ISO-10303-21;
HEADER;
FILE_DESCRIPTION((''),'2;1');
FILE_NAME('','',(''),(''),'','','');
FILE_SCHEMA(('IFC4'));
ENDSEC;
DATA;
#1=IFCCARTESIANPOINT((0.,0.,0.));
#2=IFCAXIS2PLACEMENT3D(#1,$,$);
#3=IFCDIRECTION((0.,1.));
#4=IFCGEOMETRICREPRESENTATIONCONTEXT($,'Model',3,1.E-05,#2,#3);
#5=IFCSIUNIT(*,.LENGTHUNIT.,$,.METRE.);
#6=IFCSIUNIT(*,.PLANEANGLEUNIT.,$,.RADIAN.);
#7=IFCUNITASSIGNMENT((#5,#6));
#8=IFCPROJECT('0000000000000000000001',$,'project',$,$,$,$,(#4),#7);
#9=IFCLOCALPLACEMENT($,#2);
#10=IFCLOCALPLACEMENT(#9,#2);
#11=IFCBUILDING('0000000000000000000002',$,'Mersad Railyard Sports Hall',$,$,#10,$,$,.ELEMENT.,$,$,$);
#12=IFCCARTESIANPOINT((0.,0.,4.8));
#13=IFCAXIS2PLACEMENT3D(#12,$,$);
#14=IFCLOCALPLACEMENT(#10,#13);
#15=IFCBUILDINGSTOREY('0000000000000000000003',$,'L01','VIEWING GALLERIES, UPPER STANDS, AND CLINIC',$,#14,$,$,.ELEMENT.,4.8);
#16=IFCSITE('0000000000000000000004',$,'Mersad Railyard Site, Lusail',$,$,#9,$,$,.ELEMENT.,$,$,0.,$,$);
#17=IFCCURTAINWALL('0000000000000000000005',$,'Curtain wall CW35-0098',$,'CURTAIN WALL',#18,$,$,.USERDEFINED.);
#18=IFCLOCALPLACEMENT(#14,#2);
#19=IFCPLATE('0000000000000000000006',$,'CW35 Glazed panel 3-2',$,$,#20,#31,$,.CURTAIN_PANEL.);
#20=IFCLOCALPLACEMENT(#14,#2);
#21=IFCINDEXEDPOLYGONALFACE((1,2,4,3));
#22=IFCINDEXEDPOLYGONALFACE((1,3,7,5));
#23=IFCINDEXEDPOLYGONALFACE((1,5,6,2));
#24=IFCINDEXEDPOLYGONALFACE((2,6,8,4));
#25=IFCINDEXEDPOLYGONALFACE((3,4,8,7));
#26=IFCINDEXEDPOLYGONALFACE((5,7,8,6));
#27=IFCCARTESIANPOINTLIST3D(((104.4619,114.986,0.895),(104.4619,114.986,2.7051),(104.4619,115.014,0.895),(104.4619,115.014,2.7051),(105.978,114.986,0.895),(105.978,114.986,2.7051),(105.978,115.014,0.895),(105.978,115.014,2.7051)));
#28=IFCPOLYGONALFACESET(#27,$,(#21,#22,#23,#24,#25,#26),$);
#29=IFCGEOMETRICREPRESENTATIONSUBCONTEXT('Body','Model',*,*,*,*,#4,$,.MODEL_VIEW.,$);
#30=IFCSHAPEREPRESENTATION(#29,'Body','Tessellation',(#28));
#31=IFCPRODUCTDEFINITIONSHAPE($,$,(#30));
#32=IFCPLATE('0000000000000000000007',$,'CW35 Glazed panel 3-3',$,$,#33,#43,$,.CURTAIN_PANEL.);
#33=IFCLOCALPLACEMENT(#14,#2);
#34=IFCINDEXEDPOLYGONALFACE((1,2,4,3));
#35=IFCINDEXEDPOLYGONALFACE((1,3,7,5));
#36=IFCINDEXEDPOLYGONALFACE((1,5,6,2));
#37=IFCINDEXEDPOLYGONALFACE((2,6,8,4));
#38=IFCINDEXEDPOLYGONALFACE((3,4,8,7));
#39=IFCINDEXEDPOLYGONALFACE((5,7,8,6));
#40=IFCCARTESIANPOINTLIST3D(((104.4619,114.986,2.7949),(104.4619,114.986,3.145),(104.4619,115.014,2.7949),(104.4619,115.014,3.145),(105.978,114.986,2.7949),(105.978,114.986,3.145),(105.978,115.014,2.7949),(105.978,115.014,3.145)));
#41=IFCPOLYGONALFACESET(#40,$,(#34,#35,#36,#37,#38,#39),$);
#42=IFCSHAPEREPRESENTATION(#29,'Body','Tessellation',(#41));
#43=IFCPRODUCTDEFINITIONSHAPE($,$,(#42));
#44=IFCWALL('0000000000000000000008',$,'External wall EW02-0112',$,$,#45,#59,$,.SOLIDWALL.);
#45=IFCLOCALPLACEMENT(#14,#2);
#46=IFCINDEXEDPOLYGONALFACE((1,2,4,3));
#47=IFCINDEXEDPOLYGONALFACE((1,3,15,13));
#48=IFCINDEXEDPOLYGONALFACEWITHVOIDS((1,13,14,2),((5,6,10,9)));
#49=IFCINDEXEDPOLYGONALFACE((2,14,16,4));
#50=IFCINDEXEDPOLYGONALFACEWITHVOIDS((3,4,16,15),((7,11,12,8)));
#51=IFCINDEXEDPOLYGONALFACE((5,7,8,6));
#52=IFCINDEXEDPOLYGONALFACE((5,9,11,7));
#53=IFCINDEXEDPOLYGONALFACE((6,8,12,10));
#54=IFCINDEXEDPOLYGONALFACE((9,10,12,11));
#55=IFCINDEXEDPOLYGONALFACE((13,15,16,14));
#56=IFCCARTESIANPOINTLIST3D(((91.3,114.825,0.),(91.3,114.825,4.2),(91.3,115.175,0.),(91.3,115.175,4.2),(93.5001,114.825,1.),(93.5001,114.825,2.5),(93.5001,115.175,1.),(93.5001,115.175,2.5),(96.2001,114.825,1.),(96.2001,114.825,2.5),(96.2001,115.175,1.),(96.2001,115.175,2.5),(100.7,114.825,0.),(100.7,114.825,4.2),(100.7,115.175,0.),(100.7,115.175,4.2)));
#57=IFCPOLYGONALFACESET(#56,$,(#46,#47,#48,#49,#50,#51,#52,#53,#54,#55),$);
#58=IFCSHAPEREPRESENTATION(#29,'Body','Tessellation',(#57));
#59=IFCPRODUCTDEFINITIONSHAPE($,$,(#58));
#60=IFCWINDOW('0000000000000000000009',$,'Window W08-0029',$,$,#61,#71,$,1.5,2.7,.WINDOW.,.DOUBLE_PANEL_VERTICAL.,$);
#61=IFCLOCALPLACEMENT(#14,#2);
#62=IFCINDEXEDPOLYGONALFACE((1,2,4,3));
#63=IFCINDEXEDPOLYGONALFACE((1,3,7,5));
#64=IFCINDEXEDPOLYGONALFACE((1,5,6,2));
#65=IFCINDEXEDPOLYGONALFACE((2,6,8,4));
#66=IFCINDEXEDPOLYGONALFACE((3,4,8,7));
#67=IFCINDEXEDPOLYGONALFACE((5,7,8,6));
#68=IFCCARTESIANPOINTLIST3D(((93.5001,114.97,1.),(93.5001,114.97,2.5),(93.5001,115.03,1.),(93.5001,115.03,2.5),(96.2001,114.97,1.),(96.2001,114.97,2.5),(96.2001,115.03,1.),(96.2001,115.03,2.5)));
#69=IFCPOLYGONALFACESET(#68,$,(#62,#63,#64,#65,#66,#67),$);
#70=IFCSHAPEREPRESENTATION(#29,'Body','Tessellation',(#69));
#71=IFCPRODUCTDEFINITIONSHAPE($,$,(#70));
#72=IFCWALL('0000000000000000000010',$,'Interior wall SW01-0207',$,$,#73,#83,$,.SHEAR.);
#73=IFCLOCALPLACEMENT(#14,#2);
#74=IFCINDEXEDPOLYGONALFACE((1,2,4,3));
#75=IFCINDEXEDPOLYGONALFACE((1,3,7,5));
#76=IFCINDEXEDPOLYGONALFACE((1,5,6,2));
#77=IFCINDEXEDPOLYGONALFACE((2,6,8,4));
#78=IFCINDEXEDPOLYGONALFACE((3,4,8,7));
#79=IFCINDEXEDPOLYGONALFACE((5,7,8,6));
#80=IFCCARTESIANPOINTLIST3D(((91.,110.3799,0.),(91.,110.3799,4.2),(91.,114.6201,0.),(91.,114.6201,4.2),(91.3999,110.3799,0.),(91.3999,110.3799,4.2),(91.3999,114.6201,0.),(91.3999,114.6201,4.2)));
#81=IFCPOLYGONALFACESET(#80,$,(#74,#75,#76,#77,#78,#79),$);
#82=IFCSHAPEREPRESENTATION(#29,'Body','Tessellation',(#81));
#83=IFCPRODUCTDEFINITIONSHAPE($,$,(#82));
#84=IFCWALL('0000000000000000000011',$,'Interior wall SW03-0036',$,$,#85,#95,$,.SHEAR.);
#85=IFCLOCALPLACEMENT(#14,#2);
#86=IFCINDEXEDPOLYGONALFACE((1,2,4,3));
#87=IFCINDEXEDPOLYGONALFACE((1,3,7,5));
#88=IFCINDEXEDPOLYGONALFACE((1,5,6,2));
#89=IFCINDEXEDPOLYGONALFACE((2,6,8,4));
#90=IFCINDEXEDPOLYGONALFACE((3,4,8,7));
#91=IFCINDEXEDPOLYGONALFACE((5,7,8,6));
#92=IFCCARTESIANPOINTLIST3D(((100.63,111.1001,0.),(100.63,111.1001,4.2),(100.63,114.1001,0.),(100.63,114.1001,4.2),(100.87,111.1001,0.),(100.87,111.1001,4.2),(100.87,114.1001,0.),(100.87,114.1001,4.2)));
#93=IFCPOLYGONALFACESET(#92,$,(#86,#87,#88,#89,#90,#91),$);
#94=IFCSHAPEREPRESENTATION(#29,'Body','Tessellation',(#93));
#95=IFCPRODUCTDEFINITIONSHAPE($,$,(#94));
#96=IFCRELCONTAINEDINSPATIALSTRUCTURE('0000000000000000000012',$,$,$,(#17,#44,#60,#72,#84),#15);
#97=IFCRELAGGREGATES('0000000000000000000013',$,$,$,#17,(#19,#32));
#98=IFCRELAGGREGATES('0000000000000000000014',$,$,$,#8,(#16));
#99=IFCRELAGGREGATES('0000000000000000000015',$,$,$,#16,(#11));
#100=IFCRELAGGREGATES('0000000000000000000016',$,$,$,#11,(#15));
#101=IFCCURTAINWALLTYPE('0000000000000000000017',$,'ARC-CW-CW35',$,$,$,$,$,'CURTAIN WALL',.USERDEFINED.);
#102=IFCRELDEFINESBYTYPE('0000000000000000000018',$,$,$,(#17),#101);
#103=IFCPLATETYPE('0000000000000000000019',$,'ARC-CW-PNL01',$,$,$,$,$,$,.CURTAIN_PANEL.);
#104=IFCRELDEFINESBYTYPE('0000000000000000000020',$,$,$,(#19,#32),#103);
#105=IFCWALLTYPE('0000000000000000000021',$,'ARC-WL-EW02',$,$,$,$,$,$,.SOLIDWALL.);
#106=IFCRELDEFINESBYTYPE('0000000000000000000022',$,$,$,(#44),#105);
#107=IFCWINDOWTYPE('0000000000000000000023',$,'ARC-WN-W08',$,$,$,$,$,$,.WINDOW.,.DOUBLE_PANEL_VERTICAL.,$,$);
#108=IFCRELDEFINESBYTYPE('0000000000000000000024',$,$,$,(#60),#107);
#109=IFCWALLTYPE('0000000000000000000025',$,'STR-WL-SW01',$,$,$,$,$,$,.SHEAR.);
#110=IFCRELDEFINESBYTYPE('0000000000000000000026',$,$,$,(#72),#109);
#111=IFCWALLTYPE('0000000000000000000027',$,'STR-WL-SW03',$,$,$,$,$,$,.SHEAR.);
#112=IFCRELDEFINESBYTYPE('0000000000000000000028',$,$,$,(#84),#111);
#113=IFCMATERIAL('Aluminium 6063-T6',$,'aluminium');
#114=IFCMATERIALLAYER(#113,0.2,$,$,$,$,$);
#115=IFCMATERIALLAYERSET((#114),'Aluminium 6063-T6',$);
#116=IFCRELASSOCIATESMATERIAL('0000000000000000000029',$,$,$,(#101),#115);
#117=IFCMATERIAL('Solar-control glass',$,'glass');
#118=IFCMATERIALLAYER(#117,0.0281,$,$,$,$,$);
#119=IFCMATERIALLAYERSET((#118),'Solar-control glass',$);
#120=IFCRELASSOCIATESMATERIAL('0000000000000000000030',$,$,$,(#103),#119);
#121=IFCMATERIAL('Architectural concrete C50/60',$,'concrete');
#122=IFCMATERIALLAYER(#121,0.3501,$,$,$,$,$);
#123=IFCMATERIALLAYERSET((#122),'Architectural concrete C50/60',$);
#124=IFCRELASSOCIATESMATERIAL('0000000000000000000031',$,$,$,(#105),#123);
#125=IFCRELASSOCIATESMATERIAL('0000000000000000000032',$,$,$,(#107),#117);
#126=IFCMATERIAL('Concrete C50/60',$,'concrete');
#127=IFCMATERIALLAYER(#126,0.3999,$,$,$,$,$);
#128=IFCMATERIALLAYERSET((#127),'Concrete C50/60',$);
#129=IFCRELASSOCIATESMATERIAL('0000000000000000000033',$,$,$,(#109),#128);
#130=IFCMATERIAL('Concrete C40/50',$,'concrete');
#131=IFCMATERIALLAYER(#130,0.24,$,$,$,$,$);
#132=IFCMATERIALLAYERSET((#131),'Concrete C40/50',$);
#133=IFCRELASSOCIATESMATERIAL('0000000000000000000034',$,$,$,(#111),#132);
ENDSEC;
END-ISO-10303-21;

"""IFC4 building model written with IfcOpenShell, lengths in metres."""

from ifc_helpers import new_model, si_unit, direction, frame, frame_2d, origin, origin_2d, place, context, subcontext, project, spatial, rectangle, extrude, material, layer, layer_set, type_object, element, fill, aggregate, save


model = new_model("IFC4")

# Units and contexts
model_context = context("Model", 3, precision=1e-05, world=origin(), true_north=direction((0.0, 1.0)))
body_context = subcontext(model_context, "Body", "Model", "MODEL_VIEW")
ifc_project = project(units=[si_unit("LENGTHUNIT", "METRE"), si_unit("PLANEANGLEUNIT", "RADIAN")], contexts=[model_context])

# Site, building, storey
site_placement = place(None, origin())
site = spatial("IfcSite", under=ifc_project, at=site_placement, Name="Mersad Railyard Site, Lusail", CompositionType="ELEMENT", RefElevation=0.0)
building_placement = place(site_placement, origin())
building = spatial("IfcBuilding", under=site, at=building_placement, Name="Mersad Railyard Sports Hall", CompositionType="ELEMENT")
storey_placement = place(building_placement, frame((0.0, 0.0, 4.8)))
storey = spatial("IfcBuildingStorey", under=building, at=storey_placement, Name="L01", Description="VIEWING GALLERIES, UPPER STANDS, AND CLINIC", CompositionType="ELEMENT", Elevation=4.8)

# Shared definitions
ifc_material_1 = material(Name="Concrete C50/60", Category="concrete")

# Curtain wall
ifc_material_2 = material(Name="Aluminium 6063-T6", Category="aluminium")
ifc_layer_1 = layer(ifc_material_2, 0.2)
ifc_layer_set_1 = layer_set([ifc_layer_1], Name="Aluminium 6063-T6")
curtain_wall_type = type_object("IfcCurtainWallType", Name="ARC-CW-CW35", ElementType="CURTAIN WALL", PredefinedType="USERDEFINED", material=ifc_layer_set_1)
curtain_wall_placement = place(storey_placement, origin())
curtain_wall = element("IfcCurtainWall", 1, at=curtain_wall_placement, inside=storey, type_object=curtain_wall_type, Name="Curtain wall CW35-0098", ObjectType="CURTAIN WALL", PredefinedType="USERDEFINED")

# Plates
ifc_material_3 = material(Name="Solar-control glass", Category="glass")
ifc_layer_2 = layer(ifc_material_3, 0.0281)
ifc_layer_set_2 = layer_set([ifc_layer_2], Name="Solar-control glass")
plate_type = type_object("IfcPlateType", Name="ARC-CW-PNL01", PredefinedType="CURTAIN_PANEL", material=ifc_layer_set_2)
plate_1_placement = place(storey_placement, frame((105.22, 115.0, 0.895), z_axis=(0.0, 0.0, 1.0), x_axis=(1.0, 0.0, 0.0)))
plate_1 = element("IfcPlate", 2, at=plate_1_placement, type_object=plate_type, Name="CW35 Glazed panel 3-2", PredefinedType="CURTAIN_PANEL", context=body_context, shape_type="SweptSolid", body=[
    extrude(rectangle(XDim=1.5161, YDim=0.0281, at=origin_2d()), origin(), (0.0, 0.0, 1.0), 1.8101),
])
plate_2_placement = place(storey_placement, frame((105.22, 115.0, 2.7949), z_axis=(0.0, 0.0, 1.0), x_axis=(1.0, 0.0, 0.0)))
plate_2 = element("IfcPlate", 3, at=plate_2_placement, type_object=plate_type, Name="CW35 Glazed panel 3-3", PredefinedType="CURTAIN_PANEL", context=body_context, shape_type="SweptSolid", body=[
    extrude(rectangle(XDim=1.5161, YDim=0.0281, at=origin_2d()), origin(), (0.0, 0.0, 1.0), 0.3501),
])
aggregate(curtain_wall, [plate_1, plate_2])

# Wall, opening, window
ifc_material_4 = material(Name="Architectural concrete C50/60", Category="concrete")
ifc_layer_3 = layer(ifc_material_4, 0.3501)
ifc_layer_set_3 = layer_set([ifc_layer_3], Name="Architectural concrete C50/60")
wall_type_1 = type_object("IfcWallType", Name="ARC-WL-EW02", PredefinedType="SOLIDWALL", material=ifc_layer_set_3)
wall_1_placement = place(storey_placement, frame((91.3, 115.0, 0.0), z_axis=(0.0, 0.0, 1.0), x_axis=(1.0, 0.0, 0.0)))
wall_1 = element("IfcWall", 4, at=wall_1_placement, inside=storey, type_object=wall_type_1, Name="External wall EW02-0112", PredefinedType="SOLIDWALL", context=body_context, shape_type="SweptSolid", body=[
    extrude(rectangle(XDim=9.3999, YDim=0.3501, at=frame_2d((4.7, 0.0))), origin(), (0.0, 0.0, 1.0), 4.2),
])
opening_placement = place(wall_1_placement, frame((2.2, 0.0, 1.0)))
opening = element("IfcOpeningElement", 5, at=opening_placement, cuts=wall_1, PredefinedType="OPENING", context=body_context, shape_type="SweptSolid", body=[
    extrude(rectangle(XDim=2.7, YDim=1.5, at=frame_2d((1.3501, 0.75))), frame((0.0, 0.1851, 0.0), z_axis=(0.0, -1.0, 0.0), x_axis=(1.0, 0.0, 0.0)), (0.0, 0.0, 1.0), 0.3701),
])
window_type = type_object("IfcWindowType", Name="ARC-WN-W08", PartitioningType="DOUBLE_PANEL_VERTICAL", PredefinedType="WINDOW", material=ifc_material_3)
window_placement = place(opening_placement, origin())
window = element("IfcWindow", 6, at=window_placement, inside=storey, type_object=window_type, Name="Window W08-0029", OverallHeight=1.5, OverallWidth=2.7, PartitioningType="DOUBLE_PANEL_VERTICAL", PredefinedType="WINDOW", context=body_context, shape_type="SweptSolid", body=[
    extrude(rectangle(XDim=2.7, YDim=1.5, at=frame_2d((1.3501, 0.75))), frame((0.0, 0.03, 0.0), z_axis=(0.0, -1.0, 0.0), x_axis=(1.0, 0.0, 0.0)), (0.0, 0.0, 1.0), 0.0601),
])
fill(opening, window)

# Walls
ifc_layer_4 = layer(ifc_material_1, 0.3999)
ifc_layer_set_4 = layer_set([ifc_layer_4], Name="Concrete C50/60")
wall_type_2 = type_object("IfcWallType", Name="STR-WL-SW01", PredefinedType="SHEAR", material=ifc_layer_set_4)
wall_2_placement = place(storey_placement, frame((91.2, 114.6201, 0.0), z_axis=(0.0, 0.0, 1.0), x_axis=(0.0, -1.0, 0.0)))
element("IfcWall", 7, at=wall_2_placement, inside=storey, type_object=wall_type_2, Name="Interior wall SW01-0207", PredefinedType="SHEAR", context=body_context, shape_type="SweptSolid", body=[
    extrude(rectangle(XDim=4.2402, YDim=0.3999, at=frame_2d((2.1201, 0.0))), origin(), (0.0, 0.0, 1.0), 4.2),
])
ifc_material_5 = material(Name="Concrete C40/50", Category="concrete")
ifc_layer_5 = layer(ifc_material_5, 0.24)
ifc_layer_set_5 = layer_set([ifc_layer_5], Name="Concrete C40/50")
wall_type_3 = type_object("IfcWallType", Name="STR-WL-SW03", PredefinedType="SHEAR", material=ifc_layer_set_5)
wall_3_placement = place(storey_placement, frame((100.75, 114.1001, 0.0), z_axis=(0.0, 0.0, 1.0), x_axis=(0.0, -1.0, 0.0)))
element("IfcWall", 8, at=wall_3_placement, inside=storey, type_object=wall_type_3, Name="Interior wall SW03-0036", PredefinedType="SHEAR", context=body_context, shape_type="SweptSolid", body=[
    extrude(rectangle(XDim=3.0, YDim=0.24, at=frame_2d((1.5, 0.0))), origin(), (0.0, 0.0, 1.0), 4.2),
])

save(model, "model.ifc")
